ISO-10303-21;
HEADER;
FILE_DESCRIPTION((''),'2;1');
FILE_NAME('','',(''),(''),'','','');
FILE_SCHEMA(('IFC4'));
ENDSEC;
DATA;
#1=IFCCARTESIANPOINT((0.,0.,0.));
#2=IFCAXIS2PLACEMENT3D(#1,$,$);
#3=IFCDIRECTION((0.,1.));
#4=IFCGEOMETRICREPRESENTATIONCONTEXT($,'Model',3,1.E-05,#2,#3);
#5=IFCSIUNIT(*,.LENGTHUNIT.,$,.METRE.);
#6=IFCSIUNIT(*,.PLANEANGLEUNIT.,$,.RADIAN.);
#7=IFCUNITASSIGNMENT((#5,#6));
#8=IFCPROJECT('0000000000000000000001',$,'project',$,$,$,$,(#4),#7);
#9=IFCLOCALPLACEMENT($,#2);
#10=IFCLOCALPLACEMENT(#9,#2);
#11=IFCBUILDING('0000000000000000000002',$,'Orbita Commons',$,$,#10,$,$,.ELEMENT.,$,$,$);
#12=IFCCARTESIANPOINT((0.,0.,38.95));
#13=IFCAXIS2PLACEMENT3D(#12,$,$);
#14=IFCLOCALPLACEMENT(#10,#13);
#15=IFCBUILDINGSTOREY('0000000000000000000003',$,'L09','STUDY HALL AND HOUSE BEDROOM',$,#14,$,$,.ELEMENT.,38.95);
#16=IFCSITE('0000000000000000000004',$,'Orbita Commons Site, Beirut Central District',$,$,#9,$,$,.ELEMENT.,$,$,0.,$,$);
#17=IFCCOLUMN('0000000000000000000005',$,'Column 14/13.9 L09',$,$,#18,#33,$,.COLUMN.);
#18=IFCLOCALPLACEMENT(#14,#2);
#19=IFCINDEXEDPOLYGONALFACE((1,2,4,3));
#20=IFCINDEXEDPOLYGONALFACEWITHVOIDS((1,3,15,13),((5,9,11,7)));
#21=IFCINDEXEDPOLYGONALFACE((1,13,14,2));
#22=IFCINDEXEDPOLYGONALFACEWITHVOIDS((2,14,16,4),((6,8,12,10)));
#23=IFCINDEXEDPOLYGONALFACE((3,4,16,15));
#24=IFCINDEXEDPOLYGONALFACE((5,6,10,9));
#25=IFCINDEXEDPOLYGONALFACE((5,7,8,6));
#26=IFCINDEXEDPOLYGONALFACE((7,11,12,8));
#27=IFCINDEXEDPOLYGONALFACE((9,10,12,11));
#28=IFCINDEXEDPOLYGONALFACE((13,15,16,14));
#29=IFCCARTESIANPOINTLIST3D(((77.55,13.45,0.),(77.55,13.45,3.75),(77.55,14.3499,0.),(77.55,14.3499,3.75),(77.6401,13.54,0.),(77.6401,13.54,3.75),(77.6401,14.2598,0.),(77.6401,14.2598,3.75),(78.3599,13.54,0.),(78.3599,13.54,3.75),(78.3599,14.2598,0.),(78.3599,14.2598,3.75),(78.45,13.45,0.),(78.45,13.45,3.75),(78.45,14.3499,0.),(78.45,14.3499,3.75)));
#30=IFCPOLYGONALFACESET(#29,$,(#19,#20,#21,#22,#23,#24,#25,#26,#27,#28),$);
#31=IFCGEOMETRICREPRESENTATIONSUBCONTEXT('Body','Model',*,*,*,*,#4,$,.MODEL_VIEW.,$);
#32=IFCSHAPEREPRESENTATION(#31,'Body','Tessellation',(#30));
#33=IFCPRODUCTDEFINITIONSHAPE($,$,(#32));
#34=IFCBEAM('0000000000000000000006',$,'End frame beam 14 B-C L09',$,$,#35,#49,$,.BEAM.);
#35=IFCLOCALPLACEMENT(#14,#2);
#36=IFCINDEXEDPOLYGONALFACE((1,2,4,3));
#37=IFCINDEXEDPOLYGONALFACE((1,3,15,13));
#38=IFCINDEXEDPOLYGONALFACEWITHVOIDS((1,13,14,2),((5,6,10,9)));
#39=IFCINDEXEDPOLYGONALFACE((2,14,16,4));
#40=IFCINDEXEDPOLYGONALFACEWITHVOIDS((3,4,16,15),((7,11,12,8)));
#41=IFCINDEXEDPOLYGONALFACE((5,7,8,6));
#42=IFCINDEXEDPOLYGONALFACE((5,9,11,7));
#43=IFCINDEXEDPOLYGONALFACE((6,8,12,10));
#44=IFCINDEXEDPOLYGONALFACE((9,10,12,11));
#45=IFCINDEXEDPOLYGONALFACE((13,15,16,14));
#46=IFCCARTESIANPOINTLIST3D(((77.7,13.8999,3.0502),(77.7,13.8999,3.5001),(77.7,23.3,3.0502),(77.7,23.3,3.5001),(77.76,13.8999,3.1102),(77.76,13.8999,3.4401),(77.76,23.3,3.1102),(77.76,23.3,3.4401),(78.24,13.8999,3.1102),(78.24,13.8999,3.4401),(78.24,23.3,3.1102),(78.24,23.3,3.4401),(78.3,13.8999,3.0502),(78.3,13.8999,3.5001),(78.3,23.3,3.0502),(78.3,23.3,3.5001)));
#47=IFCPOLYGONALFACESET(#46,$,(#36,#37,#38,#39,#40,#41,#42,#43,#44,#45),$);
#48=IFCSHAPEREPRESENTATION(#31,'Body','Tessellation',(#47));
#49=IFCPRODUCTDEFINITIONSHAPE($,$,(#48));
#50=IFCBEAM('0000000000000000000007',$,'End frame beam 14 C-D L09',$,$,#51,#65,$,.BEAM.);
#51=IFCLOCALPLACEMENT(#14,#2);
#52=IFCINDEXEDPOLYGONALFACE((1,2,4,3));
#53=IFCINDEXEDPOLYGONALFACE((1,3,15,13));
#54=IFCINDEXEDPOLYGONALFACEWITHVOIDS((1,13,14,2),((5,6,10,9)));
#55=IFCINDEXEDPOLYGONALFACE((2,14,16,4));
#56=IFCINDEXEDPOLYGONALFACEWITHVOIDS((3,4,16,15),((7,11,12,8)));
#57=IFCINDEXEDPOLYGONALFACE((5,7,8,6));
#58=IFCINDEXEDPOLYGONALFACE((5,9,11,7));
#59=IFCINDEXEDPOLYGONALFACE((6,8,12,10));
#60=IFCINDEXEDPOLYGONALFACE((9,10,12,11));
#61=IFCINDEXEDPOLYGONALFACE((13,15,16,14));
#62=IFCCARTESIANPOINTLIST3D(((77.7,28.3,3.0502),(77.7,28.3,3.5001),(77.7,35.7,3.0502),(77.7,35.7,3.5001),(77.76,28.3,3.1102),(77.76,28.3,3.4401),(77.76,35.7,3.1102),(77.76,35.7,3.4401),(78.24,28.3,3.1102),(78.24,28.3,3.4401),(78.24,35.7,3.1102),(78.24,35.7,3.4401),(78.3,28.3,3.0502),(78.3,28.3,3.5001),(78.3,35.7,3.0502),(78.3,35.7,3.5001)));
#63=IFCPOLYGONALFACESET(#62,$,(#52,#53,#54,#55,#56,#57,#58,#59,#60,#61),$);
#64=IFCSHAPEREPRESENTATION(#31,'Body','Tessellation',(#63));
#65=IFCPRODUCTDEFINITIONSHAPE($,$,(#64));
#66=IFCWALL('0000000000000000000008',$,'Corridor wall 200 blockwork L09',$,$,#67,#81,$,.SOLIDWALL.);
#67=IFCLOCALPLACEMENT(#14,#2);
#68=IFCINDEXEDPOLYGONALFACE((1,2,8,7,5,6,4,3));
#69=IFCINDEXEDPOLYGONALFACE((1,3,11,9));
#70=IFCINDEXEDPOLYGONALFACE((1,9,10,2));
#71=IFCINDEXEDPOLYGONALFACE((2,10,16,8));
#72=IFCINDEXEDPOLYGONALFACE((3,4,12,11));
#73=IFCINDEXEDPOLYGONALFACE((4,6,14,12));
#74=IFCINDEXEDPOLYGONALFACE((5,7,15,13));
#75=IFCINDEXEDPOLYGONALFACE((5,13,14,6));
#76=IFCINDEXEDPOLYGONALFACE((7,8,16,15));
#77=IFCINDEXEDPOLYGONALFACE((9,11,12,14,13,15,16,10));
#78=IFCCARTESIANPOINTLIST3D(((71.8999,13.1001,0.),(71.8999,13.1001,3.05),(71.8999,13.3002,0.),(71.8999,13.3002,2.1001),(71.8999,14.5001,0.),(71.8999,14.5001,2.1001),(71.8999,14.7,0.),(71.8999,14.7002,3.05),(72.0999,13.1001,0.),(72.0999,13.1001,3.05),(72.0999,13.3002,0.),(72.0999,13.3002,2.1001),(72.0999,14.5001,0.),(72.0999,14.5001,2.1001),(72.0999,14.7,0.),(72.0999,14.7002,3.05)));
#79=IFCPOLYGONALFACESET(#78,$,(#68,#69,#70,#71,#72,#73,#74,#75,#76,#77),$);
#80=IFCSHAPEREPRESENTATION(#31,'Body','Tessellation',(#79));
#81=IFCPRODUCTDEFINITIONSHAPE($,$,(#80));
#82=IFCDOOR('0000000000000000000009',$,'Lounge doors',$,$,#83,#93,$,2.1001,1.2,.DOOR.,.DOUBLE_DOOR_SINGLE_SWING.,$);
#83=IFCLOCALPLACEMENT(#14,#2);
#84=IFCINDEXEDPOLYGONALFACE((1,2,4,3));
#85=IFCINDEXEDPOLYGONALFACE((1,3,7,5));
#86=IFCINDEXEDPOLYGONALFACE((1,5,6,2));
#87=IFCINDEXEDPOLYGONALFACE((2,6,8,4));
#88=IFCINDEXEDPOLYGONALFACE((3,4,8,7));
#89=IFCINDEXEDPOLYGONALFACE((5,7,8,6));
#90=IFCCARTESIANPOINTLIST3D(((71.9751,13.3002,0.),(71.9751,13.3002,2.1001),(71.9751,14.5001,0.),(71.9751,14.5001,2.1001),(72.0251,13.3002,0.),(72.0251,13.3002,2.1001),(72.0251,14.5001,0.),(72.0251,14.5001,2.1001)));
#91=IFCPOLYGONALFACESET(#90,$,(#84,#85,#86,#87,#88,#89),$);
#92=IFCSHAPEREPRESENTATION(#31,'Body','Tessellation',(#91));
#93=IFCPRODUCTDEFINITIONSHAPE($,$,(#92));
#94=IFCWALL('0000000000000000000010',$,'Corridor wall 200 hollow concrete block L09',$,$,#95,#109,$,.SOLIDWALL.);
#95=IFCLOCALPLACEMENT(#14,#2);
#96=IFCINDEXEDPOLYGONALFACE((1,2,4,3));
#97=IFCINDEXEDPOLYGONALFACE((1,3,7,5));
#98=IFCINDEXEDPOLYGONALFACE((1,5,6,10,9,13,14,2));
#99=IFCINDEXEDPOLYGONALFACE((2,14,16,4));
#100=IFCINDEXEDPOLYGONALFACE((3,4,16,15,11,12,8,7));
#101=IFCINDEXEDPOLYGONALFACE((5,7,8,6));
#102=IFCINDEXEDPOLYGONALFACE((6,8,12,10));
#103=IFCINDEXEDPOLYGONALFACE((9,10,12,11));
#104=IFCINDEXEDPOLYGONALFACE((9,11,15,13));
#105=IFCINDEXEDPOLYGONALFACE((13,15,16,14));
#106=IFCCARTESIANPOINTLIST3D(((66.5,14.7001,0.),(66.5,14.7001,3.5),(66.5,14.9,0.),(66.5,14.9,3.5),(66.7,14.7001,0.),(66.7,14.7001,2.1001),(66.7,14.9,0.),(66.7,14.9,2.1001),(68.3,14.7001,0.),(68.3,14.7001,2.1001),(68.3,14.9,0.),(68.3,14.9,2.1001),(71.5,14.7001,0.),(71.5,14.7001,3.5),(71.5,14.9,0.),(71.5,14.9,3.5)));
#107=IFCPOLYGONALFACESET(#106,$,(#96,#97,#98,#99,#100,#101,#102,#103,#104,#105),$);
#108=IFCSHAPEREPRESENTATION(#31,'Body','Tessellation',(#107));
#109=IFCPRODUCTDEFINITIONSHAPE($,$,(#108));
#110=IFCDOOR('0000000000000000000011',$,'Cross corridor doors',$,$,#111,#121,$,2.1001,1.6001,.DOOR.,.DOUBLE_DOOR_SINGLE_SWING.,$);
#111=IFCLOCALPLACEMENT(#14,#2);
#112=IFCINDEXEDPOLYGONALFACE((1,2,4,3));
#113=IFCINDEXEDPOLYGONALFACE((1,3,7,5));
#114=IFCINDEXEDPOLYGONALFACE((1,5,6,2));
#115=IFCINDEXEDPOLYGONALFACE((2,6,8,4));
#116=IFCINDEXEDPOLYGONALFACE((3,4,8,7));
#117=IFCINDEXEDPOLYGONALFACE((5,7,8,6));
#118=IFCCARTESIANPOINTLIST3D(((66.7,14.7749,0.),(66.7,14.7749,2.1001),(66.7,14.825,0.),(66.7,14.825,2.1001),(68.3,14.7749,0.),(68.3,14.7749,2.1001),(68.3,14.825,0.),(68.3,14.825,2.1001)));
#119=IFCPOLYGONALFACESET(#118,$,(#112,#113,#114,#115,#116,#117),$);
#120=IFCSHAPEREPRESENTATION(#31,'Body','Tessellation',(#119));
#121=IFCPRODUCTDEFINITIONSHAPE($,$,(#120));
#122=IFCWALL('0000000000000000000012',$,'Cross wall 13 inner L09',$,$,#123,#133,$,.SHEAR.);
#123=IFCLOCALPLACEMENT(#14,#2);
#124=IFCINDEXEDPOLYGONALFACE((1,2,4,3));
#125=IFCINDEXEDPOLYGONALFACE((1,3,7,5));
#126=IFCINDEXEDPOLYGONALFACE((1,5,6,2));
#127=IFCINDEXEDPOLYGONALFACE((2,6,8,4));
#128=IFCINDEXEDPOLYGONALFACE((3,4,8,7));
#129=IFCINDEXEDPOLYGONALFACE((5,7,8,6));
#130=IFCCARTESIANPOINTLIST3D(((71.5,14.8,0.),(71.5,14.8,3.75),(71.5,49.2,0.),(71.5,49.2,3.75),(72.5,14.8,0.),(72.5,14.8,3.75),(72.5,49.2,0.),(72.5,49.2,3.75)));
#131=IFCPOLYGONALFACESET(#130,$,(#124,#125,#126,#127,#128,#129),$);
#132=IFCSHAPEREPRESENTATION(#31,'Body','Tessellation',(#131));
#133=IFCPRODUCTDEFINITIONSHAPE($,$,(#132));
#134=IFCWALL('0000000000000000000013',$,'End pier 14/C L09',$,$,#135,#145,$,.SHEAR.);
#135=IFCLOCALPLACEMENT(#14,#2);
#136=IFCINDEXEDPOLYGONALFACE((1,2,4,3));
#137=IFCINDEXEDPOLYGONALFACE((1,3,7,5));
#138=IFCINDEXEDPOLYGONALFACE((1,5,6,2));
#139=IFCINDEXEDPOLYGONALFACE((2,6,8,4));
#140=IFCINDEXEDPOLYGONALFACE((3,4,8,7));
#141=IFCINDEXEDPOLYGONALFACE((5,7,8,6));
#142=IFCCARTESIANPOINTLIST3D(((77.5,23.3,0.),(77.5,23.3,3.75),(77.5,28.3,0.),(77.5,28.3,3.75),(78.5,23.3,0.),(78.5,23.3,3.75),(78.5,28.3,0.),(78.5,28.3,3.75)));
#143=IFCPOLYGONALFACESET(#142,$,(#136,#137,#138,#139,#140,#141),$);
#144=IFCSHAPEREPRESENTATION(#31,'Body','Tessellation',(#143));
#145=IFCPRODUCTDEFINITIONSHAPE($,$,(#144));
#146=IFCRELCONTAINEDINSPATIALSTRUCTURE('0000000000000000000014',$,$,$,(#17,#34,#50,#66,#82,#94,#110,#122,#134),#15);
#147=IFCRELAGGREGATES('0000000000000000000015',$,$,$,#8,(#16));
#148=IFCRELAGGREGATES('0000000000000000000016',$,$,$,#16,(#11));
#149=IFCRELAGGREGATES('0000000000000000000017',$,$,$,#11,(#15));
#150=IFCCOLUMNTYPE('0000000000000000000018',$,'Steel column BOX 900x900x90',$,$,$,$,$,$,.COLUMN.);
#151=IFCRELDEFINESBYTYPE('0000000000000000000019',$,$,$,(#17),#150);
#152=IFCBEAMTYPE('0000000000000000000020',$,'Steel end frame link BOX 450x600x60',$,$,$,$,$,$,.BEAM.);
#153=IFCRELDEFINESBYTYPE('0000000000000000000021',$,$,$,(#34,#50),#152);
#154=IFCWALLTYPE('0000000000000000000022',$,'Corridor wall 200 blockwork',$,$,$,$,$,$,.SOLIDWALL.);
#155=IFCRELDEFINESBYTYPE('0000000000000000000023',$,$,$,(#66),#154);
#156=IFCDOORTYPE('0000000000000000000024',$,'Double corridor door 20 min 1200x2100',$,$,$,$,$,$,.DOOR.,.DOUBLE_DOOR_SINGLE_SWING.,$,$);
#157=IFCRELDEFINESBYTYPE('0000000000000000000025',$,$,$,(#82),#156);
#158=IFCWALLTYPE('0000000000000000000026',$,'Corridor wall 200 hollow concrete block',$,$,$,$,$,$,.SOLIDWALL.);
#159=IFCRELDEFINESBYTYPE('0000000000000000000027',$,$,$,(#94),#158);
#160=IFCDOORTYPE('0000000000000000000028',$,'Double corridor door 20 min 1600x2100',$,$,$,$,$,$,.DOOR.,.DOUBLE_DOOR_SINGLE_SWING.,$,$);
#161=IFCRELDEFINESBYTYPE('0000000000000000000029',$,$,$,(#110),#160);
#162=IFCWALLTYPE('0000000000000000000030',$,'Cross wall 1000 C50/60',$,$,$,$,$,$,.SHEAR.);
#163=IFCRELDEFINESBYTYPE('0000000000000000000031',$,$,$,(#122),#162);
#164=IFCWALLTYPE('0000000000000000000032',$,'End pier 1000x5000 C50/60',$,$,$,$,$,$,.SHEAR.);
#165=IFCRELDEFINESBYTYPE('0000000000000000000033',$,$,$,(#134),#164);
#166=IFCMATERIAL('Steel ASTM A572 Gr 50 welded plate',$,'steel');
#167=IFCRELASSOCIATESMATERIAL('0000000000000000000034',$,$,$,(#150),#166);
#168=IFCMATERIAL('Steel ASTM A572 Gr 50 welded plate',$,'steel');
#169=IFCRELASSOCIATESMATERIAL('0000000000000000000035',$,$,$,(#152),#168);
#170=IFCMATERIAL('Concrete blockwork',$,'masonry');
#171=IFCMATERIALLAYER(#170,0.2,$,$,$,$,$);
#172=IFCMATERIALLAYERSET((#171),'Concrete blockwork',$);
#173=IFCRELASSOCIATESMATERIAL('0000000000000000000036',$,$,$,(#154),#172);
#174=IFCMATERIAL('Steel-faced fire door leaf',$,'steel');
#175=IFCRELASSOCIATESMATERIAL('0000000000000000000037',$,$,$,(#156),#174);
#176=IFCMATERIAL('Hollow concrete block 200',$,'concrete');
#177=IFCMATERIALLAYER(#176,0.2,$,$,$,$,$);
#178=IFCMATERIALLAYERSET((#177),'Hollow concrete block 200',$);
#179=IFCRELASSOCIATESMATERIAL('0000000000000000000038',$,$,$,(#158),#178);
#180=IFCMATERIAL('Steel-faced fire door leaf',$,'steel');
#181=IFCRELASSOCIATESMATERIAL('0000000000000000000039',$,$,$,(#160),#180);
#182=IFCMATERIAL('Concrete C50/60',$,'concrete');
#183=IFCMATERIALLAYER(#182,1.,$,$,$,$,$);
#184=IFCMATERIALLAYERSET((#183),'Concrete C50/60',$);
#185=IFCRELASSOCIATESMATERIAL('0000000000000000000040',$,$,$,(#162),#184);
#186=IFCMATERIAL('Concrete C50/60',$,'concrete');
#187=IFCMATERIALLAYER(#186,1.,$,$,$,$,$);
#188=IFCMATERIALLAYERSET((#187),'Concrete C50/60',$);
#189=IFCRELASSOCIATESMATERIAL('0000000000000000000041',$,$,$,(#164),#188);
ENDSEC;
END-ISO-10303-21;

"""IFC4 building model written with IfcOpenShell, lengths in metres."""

from ifc_helpers import new_model, si_unit, direction, frame, frame_2d, origin, origin_2d, place, context, subcontext, project, spatial, polyline, rectangle, hollow_rectangle, outline, extrude, material, layer, layer_set, material_profile, profile_set, type_object, element, fill, save


model = new_model("IFC4")

# Units and contexts
model_context = context("Model", 3, precision=1e-05, world=origin(), true_north=direction((0.0, 1.0)))
body_context = subcontext(model_context, "Body", "Model", "MODEL_VIEW")
ifc_project = project(units=[si_unit("LENGTHUNIT", "METRE"), si_unit("PLANEANGLEUNIT", "RADIAN")], contexts=[model_context])

# Site, building, storey
site_placement = place(None, origin())
site = spatial("IfcSite", under=ifc_project, at=site_placement, Name="Orbita Commons Site, Beirut Central District", CompositionType="ELEMENT", RefElevation=0.0)
building_placement = place(site_placement, origin())
building = spatial("IfcBuilding", under=site, at=building_placement, Name="Orbita Commons", CompositionType="ELEMENT")
storey_placement = place(building_placement, frame((0.0, 0.0, 38.95)))
storey = spatial("IfcBuildingStorey", under=building, at=storey_placement, Name="L09", Description="STUDY HALL AND HOUSE BEDROOM", CompositionType="ELEMENT", Elevation=38.95)

# Column
ifc_material_1 = material(Name="Steel ASTM A572 Gr 50 welded plate", Category="steel")
ifc_material_profile_1 = material_profile(ifc_material_1, hollow_rectangle(XDim=0.8999, YDim=0.8999, WallThickness=0.0901, at=origin_2d()), Name="BOX 900x900x90")
ifc_profile_set_1 = profile_set([ifc_material_profile_1], Name="Steel ASTM A572 Gr 50 welded plate")
column_type = type_object("IfcColumnType", Name="Steel column BOX 900x900x90", PredefinedType="COLUMN", material=ifc_profile_set_1)
column_placement = place(storey_placement, frame((78.0, 13.8999, 0.0), z_axis=(0.0, 0.0, 1.0), x_axis=(1.0, 0.0, 0.0)))
element("IfcColumn", 1, at=column_placement, inside=storey, type_object=column_type, Name="Column 14/13.9 L09", PredefinedType="COLUMN", context=body_context, shape_type="SweptSolid", body=[
    extrude(hollow_rectangle(XDim=0.8999, YDim=0.8999, WallThickness=0.0901, at=origin_2d()), origin(), (0.0, 0.0, 1.0), 3.75),
])

# Beams
ifc_material_2 = material(Name="Steel ASTM A572 Gr 50 welded plate", Category="steel")
ifc_material_profile_2 = material_profile(ifc_material_2, hollow_rectangle(XDim=0.6001, YDim=0.45, WallThickness=0.0601, at=origin_2d()), Name="BOX 450x600x60")
ifc_profile_set_2 = profile_set([ifc_material_profile_2], Name="Steel ASTM A572 Gr 50 welded plate")
beam_type = type_object("IfcBeamType", Name="Steel end frame link BOX 450x600x60", PredefinedType="BEAM", material=ifc_profile_set_2)
beam_1_placement = place(storey_placement, frame((78.0, 13.8999, 3.2751), z_axis=(0.0, 1.0, 0.0), x_axis=(-1.0, 0.0, 0.0)))
element("IfcBeam", 2, at=beam_1_placement, inside=storey, type_object=beam_type, Name="End frame beam 14 B-C L09", PredefinedType="BEAM", context=body_context, shape_type="SweptSolid", body=[
    extrude(hollow_rectangle(XDim=0.6001, YDim=0.45, WallThickness=0.0601, at=origin_2d()), origin(), (0.0, 0.0, 1.0), 9.4001),
])
beam_2_placement = place(storey_placement, frame((78.0, 28.3, 3.2751), z_axis=(0.0, 1.0, 0.0), x_axis=(-1.0, 0.0, 0.0)))
element("IfcBeam", 3, at=beam_2_placement, inside=storey, type_object=beam_type, Name="End frame beam 14 C-D L09", PredefinedType="BEAM", context=body_context, shape_type="SweptSolid", body=[
    extrude(hollow_rectangle(XDim=0.6001, YDim=0.45, WallThickness=0.0601, at=origin_2d()), origin(), (0.0, 0.0, 1.0), 7.3999),
])

# Walls, openings, doors
ifc_material_3 = material(Name="Concrete blockwork", Category="masonry")
ifc_layer_1 = layer(ifc_material_3, 0.2)
ifc_layer_set_1 = layer_set([ifc_layer_1], Name="Concrete blockwork")
wall_type_1 = type_object("IfcWallType", Name="Corridor wall 200 blockwork", PredefinedType="SOLIDWALL", material=ifc_layer_set_1)
wall_1_placement = place(storey_placement, frame((72.0, 13.1001, 0.0), z_axis=(0.0, 0.0, 1.0), x_axis=(0.0, 1.0, 0.0)))
wall_1 = element("IfcWall", 4, at=wall_1_placement, inside=storey, type_object=wall_type_1, Name="Corridor wall 200 blockwork L09", PredefinedType="SOLIDWALL", context=body_context, shape_type="SweptSolid", body=[
    extrude(outline(polyline([(0.0, 0.0), (1.5999, 0.0), (1.6001, 3.05), (0.0, 3.05), (0.0, 0.0)])), frame((0.0, 0.1001, 0.0), z_axis=(0.0, -1.0, 0.0), x_axis=(1.0, 0.0, 0.0)), (0.0, 0.0, 1.0), 0.2),
])
opening_1_placement = place(wall_1_placement, frame((0.2, 0.0, 0.0)))
opening_1 = element("IfcOpeningElement", 5, at=opening_1_placement, cuts=wall_1, PredefinedType="OPENING", context=body_context, shape_type="SweptSolid", body=[
    extrude(rectangle(XDim=1.2, YDim=2.1001, at=frame_2d((0.6001, 1.05))), frame((0.0, 0.1099, 0.0), z_axis=(0.0, -1.0, 0.0), x_axis=(1.0, 0.0, 0.0)), (0.0, 0.0, 1.0), 0.22),
])
ifc_material_4 = material(Name="Steel-faced fire door leaf", Category="steel")
door_type_1 = type_object("IfcDoorType", Name="Double corridor door 20 min 1200x2100", OperationType="DOUBLE_DOOR_SINGLE_SWING", PredefinedType="DOOR", material=ifc_material_4)
door_1_placement = place(opening_1_placement, origin())
door_1 = element("IfcDoor", 6, at=door_1_placement, inside=storey, type_object=door_type_1, Name="Lounge doors", OperationType="DOUBLE_DOOR_SINGLE_SWING", OverallHeight=2.1001, OverallWidth=1.2, PredefinedType="DOOR", context=body_context, shape_type="SweptSolid", body=[
    extrude(rectangle(XDim=1.2, YDim=2.1001, at=frame_2d((0.6001, 1.05))), frame((0.0, 0.0249, 0.0), z_axis=(0.0, -1.0, 0.0), x_axis=(1.0, 0.0, 0.0)), (0.0, 0.0, 1.0), 0.05),
])
fill(opening_1, door_1)
ifc_material_5 = material(Name="Hollow concrete block 200", Category="concrete")
ifc_layer_2 = layer(ifc_material_5, 0.2)
ifc_layer_set_2 = layer_set([ifc_layer_2], Name="Hollow concrete block 200")
wall_type_2 = type_object("IfcWallType", Name="Corridor wall 200 hollow concrete block", PredefinedType="SOLIDWALL", material=ifc_layer_set_2)
wall_2_placement = place(storey_placement, frame((66.5, 14.8, 0.0), z_axis=(0.0, 0.0, 1.0), x_axis=(1.0, 0.0, 0.0)))
wall_2 = element("IfcWall", 7, at=wall_2_placement, inside=storey, type_object=wall_type_2, Name="Corridor wall 200 hollow concrete block L09", PredefinedType="SOLIDWALL", context=body_context, shape_type="SweptSolid", body=[
    extrude(rectangle(XDim=5.0, YDim=0.2, at=frame_2d((2.5, 0.0))), origin(), (0.0, 0.0, 1.0), 3.5),
])
opening_2_placement = place(wall_2_placement, frame((0.2, 0.0, 0.0)))
opening_2 = element("IfcOpeningElement", 8, at=opening_2_placement, cuts=wall_2, PredefinedType="OPENING", context=body_context, shape_type="SweptSolid", body=[
    extrude(rectangle(XDim=1.6001, YDim=2.1001, at=frame_2d((0.8, 1.05))), frame((0.0, 0.1099, 0.0), z_axis=(0.0, -1.0, 0.0), x_axis=(1.0, 0.0, 0.0)), (0.0, 0.0, 1.0), 0.22),
])
ifc_material_6 = material(Name="Steel-faced fire door leaf", Category="steel")
door_type_2 = type_object("IfcDoorType", Name="Double corridor door 20 min 1600x2100", OperationType="DOUBLE_DOOR_SINGLE_SWING", PredefinedType="DOOR", material=ifc_material_6)
door_2_placement = place(opening_2_placement, origin())
door_2 = element("IfcDoor", 9, at=door_2_placement, inside=storey, type_object=door_type_2, Name="Cross corridor doors", OperationType="DOUBLE_DOOR_SINGLE_SWING", OverallHeight=2.1001, OverallWidth=1.6001, PredefinedType="DOOR", context=body_context, shape_type="SweptSolid", body=[
    extrude(rectangle(XDim=1.6001, YDim=2.1001, at=frame_2d((0.8, 1.05))), frame((0.0, 0.0249, 0.0), z_axis=(0.0, -1.0, 0.0), x_axis=(1.0, 0.0, 0.0)), (0.0, 0.0, 1.0), 0.05),
])
fill(opening_2, door_2)

# Walls
ifc_material_7 = material(Name="Concrete C50/60", Category="concrete")
ifc_layer_3 = layer(ifc_material_7, 1.0)
ifc_layer_set_3 = layer_set([ifc_layer_3], Name="Concrete C50/60")
wall_type_3 = type_object("IfcWallType", Name="Cross wall 1000 C50/60", PredefinedType="SHEAR", material=ifc_layer_set_3)
wall_3_placement = place(storey_placement, frame((72.0, 14.8, 0.0), z_axis=(0.0, 0.0, 1.0), x_axis=(0.0, 1.0, 0.0)))
element("IfcWall", 10, at=wall_3_placement, inside=storey, type_object=wall_type_3, Name="Cross wall 13 inner L09", PredefinedType="SHEAR", context=body_context, shape_type="SweptSolid", body=[
    extrude(rectangle(XDim=34.3999, YDim=1.0, at=frame_2d((17.2, 0.0))), origin(), (0.0, 0.0, 1.0), 3.75),
])
ifc_material_8 = material(Name="Concrete C50/60", Category="concrete")
ifc_layer_4 = layer(ifc_material_8, 1.0)
ifc_layer_set_4 = layer_set([ifc_layer_4], Name="Concrete C50/60")
wall_type_4 = type_object("IfcWallType", Name="End pier 1000x5000 C50/60", PredefinedType="SHEAR", material=ifc_layer_set_4)
wall_4_placement = place(storey_placement, frame((78.0, 23.3, 0.0), z_axis=(0.0, 0.0, 1.0), x_axis=(0.0, 1.0, 0.0)))
element("IfcWall", 11, at=wall_4_placement, inside=storey, type_object=wall_type_4, Name="End pier 14/C L09", PredefinedType="SHEAR", context=body_context, shape_type="SweptSolid", body=[
    extrude(rectangle(XDim=5.0, YDim=1.0, at=frame_2d((2.5, 0.0))), origin(), (0.0, 0.0, 1.0), 3.75),
])

save(model, "model.ifc")
